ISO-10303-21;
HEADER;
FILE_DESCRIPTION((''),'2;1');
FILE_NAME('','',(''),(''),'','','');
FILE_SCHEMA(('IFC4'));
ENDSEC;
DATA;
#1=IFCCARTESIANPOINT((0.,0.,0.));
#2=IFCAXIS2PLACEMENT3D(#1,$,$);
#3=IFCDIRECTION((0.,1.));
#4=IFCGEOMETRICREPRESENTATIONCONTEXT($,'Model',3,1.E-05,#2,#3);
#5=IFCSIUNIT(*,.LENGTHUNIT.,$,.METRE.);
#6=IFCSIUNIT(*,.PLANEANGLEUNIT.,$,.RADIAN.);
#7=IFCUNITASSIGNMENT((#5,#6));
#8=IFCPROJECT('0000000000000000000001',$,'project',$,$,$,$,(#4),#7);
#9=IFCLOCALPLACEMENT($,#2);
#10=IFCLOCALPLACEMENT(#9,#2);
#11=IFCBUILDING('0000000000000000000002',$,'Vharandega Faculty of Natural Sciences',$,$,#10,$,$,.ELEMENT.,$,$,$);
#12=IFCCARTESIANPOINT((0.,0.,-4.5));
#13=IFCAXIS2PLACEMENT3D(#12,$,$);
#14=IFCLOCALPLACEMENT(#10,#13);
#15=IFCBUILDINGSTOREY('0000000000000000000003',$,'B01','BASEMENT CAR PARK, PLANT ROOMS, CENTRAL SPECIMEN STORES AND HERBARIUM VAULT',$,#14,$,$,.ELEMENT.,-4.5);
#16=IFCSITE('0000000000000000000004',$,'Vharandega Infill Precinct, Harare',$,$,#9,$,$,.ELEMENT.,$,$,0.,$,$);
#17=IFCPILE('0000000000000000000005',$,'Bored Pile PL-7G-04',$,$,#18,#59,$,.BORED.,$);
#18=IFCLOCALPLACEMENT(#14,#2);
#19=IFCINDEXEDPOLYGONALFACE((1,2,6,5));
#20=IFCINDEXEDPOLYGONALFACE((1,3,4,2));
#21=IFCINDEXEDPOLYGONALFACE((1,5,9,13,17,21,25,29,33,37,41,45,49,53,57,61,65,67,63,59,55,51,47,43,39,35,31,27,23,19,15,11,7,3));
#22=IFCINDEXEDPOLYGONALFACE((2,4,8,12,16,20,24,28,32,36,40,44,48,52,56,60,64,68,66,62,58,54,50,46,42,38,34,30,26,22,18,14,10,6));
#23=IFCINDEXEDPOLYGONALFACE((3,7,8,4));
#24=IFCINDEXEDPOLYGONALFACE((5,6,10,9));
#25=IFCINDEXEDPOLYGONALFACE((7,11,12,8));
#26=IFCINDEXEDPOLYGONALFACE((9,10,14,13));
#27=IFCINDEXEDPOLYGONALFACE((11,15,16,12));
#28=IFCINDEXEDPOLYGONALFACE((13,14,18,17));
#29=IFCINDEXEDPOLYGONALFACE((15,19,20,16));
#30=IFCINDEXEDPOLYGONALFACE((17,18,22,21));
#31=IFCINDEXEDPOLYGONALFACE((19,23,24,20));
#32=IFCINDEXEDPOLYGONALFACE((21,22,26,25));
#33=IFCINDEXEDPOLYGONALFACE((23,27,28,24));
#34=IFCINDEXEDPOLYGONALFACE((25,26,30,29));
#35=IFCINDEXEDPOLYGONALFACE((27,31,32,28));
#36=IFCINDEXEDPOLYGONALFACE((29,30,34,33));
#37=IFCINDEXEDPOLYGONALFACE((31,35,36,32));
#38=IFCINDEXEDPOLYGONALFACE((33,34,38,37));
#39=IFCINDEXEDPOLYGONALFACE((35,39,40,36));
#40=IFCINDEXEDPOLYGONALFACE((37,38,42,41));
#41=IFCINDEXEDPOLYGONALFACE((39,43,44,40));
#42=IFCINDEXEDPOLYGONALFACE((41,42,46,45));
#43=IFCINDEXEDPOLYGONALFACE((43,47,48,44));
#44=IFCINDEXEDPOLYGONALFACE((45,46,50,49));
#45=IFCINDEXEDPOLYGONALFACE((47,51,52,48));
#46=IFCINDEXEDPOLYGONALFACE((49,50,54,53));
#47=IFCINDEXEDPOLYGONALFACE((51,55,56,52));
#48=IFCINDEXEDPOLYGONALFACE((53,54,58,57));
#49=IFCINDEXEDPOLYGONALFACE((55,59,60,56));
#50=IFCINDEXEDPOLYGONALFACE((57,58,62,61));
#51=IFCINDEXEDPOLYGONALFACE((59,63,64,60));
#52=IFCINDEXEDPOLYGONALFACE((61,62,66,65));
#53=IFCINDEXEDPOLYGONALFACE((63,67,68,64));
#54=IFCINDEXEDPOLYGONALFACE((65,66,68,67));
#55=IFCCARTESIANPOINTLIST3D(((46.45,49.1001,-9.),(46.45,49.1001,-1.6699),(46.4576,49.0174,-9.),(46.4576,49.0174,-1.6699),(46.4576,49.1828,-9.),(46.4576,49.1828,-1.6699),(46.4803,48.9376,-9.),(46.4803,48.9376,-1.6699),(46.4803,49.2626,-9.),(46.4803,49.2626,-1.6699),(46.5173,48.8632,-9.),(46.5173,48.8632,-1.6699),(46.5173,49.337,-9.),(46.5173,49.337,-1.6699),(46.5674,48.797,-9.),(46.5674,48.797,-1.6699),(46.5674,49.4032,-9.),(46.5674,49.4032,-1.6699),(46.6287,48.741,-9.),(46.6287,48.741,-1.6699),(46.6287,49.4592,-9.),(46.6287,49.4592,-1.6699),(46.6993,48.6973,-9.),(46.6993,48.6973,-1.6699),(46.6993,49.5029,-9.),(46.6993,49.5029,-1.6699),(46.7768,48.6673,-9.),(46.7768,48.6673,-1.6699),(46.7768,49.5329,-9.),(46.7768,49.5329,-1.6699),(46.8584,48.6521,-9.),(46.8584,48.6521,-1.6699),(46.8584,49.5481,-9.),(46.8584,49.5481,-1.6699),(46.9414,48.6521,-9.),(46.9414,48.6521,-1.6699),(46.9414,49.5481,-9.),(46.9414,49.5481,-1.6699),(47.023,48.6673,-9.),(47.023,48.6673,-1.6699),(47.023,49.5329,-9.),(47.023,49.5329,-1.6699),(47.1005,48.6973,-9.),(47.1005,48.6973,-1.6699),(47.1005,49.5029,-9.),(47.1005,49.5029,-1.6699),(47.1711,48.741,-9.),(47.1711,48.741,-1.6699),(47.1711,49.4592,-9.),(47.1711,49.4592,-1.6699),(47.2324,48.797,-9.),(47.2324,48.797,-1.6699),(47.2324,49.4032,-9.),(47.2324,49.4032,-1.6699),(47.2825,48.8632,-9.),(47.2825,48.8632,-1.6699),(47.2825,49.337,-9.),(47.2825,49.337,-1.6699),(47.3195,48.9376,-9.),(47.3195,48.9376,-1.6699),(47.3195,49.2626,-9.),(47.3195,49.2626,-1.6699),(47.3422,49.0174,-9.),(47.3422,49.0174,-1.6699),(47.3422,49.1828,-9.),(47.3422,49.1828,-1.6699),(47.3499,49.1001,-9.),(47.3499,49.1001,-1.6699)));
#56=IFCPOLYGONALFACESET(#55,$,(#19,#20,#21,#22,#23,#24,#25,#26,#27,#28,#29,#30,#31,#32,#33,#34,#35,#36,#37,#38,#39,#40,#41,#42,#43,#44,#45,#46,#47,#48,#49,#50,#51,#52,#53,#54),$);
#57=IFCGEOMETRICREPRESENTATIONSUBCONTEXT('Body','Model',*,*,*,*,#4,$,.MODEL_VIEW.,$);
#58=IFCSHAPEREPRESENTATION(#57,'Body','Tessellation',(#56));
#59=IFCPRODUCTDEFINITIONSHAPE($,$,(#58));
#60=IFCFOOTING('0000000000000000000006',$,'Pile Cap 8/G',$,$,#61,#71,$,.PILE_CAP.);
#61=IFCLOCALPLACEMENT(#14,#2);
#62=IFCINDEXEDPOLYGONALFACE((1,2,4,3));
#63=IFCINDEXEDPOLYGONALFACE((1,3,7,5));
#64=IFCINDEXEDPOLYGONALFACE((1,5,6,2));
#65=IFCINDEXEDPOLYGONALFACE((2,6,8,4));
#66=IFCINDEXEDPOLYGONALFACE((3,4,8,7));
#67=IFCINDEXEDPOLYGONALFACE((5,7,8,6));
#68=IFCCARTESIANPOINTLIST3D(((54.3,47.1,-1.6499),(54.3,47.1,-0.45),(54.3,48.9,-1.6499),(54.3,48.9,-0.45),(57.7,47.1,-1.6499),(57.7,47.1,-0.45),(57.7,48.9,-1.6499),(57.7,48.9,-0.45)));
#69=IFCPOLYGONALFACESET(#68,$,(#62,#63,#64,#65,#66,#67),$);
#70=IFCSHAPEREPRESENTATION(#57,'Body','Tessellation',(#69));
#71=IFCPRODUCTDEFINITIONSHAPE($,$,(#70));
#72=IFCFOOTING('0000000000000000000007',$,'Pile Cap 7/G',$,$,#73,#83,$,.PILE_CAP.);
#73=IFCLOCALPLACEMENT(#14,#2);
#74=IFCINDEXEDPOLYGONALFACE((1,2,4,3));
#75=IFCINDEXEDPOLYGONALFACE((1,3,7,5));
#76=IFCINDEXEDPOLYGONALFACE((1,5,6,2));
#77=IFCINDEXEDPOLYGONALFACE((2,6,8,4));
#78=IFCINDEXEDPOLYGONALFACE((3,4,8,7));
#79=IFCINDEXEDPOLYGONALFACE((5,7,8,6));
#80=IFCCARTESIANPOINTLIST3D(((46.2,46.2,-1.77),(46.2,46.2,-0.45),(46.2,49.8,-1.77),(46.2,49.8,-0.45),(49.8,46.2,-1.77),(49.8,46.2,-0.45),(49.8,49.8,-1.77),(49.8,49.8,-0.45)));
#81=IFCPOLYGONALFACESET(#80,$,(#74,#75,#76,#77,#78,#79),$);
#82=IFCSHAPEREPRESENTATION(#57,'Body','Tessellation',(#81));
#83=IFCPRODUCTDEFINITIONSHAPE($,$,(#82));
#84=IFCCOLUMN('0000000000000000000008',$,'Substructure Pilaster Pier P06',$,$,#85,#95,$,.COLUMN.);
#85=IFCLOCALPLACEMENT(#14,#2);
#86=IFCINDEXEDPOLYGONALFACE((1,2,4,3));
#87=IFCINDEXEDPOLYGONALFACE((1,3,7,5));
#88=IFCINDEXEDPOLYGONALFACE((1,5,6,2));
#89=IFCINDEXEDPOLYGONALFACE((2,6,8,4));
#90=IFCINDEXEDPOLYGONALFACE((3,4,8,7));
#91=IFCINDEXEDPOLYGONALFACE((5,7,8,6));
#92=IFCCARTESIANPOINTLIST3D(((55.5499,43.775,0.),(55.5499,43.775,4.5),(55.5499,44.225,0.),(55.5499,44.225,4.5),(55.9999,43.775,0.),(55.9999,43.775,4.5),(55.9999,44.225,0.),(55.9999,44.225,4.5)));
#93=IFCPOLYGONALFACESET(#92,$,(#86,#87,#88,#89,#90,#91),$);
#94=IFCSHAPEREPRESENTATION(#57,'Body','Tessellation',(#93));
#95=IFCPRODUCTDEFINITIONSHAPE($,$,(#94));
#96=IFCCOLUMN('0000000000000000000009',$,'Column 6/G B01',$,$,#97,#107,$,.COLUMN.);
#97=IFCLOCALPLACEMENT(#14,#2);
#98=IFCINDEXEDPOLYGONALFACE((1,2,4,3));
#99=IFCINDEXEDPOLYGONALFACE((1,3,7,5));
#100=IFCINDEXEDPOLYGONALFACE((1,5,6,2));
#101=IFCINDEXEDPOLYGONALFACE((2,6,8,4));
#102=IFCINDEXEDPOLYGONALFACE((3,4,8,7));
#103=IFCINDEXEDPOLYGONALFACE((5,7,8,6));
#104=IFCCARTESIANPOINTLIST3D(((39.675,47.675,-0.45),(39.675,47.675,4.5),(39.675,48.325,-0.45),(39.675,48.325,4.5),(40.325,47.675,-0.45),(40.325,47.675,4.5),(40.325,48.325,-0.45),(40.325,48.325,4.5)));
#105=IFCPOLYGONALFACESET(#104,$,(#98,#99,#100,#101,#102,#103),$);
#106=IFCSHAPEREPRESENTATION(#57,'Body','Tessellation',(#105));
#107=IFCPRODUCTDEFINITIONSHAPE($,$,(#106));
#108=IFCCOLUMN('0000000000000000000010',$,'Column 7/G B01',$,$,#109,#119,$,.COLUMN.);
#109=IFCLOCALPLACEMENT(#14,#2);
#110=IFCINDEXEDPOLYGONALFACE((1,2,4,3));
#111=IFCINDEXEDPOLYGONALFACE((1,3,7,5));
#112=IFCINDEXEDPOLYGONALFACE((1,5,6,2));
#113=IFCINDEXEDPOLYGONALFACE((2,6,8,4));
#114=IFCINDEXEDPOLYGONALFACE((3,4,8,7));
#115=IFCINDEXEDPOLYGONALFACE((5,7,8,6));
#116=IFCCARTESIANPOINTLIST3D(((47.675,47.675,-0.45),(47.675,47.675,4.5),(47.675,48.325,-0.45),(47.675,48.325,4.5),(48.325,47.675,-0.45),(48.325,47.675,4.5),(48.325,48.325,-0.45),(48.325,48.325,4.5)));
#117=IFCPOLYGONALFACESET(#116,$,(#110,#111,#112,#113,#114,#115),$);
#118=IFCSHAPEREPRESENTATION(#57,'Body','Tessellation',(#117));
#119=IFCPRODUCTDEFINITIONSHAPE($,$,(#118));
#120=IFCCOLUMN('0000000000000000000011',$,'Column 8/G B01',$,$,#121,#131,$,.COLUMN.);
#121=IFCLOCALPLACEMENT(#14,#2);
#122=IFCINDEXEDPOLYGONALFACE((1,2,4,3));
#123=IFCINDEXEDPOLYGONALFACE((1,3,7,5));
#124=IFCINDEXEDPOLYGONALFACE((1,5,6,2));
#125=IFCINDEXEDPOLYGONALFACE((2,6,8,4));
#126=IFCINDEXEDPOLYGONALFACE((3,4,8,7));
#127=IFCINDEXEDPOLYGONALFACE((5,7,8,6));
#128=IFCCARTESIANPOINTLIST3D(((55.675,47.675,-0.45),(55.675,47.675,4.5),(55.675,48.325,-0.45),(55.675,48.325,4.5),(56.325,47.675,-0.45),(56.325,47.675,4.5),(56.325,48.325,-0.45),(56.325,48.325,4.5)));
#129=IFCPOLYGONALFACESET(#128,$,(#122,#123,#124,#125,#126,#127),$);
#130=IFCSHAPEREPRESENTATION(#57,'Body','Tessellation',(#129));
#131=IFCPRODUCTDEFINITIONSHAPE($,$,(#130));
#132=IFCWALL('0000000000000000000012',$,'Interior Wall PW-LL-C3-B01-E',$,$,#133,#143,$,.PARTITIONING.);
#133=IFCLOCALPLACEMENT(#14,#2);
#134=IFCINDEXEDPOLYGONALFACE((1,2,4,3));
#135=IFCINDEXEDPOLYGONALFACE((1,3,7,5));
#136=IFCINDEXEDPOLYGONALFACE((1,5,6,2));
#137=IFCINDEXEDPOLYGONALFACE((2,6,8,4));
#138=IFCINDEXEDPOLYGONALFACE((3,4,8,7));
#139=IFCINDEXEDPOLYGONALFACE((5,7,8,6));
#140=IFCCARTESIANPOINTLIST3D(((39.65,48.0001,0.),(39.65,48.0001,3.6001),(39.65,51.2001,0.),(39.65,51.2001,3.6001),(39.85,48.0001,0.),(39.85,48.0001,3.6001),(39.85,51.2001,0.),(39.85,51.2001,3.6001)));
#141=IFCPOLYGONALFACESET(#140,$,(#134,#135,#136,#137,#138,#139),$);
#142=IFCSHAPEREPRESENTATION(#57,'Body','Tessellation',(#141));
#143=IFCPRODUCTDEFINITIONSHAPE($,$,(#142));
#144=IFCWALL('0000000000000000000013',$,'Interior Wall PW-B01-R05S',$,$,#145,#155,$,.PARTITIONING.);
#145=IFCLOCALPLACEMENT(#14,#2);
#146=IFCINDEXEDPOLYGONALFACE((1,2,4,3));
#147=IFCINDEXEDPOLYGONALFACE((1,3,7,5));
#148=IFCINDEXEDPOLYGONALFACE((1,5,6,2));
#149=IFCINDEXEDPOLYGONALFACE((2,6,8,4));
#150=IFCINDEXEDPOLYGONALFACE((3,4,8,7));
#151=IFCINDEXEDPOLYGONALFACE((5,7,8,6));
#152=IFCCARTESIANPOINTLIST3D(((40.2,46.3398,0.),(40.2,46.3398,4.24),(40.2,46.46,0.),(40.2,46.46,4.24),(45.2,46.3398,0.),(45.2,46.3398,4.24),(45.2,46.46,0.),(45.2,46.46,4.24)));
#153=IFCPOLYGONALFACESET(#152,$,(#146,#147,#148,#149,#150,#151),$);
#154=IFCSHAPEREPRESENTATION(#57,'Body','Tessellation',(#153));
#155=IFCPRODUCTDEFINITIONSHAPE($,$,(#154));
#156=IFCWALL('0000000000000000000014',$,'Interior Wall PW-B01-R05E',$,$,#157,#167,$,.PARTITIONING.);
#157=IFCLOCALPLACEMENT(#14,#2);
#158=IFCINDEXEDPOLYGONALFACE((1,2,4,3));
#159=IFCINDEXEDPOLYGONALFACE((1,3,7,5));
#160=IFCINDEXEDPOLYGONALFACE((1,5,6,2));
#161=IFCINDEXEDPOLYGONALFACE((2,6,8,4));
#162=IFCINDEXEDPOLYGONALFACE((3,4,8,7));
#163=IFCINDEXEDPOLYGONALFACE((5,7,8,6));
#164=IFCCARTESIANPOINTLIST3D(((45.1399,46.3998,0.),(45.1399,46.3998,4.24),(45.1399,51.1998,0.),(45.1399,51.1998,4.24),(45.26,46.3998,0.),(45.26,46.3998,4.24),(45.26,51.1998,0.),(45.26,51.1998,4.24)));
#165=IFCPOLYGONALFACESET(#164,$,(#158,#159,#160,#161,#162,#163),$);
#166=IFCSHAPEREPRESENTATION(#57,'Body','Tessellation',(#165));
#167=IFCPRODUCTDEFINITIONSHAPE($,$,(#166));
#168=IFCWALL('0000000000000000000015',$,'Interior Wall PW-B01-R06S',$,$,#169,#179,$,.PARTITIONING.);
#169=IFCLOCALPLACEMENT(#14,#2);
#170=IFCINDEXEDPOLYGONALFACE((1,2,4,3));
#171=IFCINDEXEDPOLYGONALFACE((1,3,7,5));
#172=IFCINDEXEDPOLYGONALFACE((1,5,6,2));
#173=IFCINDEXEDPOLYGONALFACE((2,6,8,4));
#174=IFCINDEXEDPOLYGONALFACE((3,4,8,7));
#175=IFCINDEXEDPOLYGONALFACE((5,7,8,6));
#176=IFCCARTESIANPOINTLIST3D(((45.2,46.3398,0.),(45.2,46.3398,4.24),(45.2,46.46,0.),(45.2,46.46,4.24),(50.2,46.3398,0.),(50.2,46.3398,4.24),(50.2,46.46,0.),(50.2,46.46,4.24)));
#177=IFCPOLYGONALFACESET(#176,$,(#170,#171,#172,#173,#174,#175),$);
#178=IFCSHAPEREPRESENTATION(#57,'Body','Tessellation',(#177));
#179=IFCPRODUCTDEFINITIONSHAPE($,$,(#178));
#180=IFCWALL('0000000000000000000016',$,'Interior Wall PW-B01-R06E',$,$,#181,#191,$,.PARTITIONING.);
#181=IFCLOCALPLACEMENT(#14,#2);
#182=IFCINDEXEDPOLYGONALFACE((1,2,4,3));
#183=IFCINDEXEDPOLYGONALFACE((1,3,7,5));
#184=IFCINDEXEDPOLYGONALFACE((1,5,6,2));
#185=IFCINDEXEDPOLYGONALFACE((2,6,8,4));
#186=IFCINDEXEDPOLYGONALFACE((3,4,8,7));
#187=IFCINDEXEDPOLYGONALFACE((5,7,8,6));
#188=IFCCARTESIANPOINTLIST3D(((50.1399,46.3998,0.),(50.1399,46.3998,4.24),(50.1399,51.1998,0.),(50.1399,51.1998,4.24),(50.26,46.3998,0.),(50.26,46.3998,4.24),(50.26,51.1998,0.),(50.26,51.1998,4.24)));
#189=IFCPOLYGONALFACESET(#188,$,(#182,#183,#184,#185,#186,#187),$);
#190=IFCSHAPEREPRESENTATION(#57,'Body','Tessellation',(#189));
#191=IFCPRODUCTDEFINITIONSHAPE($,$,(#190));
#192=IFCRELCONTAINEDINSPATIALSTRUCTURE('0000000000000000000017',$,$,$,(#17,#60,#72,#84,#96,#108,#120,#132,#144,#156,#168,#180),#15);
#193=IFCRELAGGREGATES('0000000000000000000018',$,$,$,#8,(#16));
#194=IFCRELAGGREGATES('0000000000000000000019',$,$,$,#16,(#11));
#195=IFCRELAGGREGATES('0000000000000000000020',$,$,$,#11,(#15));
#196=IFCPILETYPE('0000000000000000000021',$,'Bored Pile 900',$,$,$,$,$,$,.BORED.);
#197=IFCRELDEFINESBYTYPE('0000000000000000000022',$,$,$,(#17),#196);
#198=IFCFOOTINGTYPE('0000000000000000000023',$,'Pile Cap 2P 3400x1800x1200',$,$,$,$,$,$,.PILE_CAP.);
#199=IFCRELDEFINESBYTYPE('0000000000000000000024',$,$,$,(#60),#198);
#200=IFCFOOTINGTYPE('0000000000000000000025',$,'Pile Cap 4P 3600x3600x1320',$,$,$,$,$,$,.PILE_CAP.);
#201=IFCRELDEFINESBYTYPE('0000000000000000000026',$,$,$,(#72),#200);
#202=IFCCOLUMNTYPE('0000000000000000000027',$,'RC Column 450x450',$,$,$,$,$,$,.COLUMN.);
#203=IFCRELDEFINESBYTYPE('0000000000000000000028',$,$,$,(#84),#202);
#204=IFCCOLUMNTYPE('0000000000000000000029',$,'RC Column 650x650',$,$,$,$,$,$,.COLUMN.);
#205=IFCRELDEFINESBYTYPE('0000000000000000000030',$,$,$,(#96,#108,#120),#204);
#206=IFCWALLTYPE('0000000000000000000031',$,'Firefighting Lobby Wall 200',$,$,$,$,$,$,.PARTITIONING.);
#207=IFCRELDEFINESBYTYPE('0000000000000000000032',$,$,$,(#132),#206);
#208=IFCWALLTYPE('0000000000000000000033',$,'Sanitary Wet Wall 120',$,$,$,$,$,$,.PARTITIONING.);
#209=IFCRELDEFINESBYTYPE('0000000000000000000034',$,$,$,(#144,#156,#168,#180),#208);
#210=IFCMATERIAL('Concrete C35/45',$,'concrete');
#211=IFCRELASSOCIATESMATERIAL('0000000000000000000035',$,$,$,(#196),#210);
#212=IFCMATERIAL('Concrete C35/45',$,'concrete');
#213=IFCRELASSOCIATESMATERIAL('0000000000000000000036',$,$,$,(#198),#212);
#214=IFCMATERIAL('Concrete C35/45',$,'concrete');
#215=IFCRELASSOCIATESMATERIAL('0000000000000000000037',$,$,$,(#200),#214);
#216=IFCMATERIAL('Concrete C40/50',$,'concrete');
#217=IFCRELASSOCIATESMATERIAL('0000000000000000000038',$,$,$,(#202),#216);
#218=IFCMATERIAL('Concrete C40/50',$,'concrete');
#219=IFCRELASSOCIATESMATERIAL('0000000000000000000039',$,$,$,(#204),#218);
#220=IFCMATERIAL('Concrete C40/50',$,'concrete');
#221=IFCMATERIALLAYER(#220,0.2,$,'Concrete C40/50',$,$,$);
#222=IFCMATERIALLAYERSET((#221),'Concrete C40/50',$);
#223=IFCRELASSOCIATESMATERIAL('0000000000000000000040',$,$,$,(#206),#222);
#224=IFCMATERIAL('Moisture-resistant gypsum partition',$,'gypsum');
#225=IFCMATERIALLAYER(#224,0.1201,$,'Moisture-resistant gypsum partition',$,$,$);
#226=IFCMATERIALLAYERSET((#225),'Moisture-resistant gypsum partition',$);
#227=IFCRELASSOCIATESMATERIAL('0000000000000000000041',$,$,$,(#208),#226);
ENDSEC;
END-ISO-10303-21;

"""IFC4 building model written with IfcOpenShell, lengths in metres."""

from ifc_helpers import new_model, si_unit, direction, frame, frame_2d, origin, origin_2d, place, context, subcontext, project, spatial, rectangle, circle, extrude, material, layer, layer_set, material_profile, profile_set, type_object, element, save


model = new_model("IFC4")

# Units and contexts
model_context = context("Model", 3, precision=1e-05, world=origin(), true_north=direction((0.0, 1.0)))
body_context = subcontext(model_context, "Body", "Model", "MODEL_VIEW")
ifc_project = project(units=[si_unit("LENGTHUNIT", "METRE"), si_unit("PLANEANGLEUNIT", "RADIAN")], contexts=[model_context])

# Site, building, storey
site_placement = place(None, origin())
site = spatial("IfcSite", under=ifc_project, at=site_placement, Name="Vharandega Infill Precinct, Harare", CompositionType="ELEMENT", RefElevation=0.0)
building_placement = place(site_placement, origin())
building = spatial("IfcBuilding", under=site, at=building_placement, Name="Vharandega Faculty of Natural Sciences", CompositionType="ELEMENT")
storey_placement = place(building_placement, frame((0.0, 0.0, -4.5)))
storey = spatial("IfcBuildingStorey", under=building, at=storey_placement, Name="B01", Description="BASEMENT CAR PARK, PLANT ROOMS, CENTRAL SPECIMEN STORES AND HERBARIUM VAULT", CompositionType="ELEMENT", Elevation=-4.5)

# Pile
ifc_material_1 = material(Name="Concrete C35/45", Category="concrete")
ifc_material_profile_1 = material_profile(ifc_material_1, circle(Radius=0.45, at=origin_2d()), Name="PILE 900")
ifc_profile_set_1 = profile_set([ifc_material_profile_1], Name="Concrete C35/45")
pile_type_1 = type_object("IfcPileType", Name="Bored Pile 900", PredefinedType="BORED", material=ifc_profile_set_1)
for number, where, z_axis, x_axis, name in (
    (1, (46.8999, 49.1001, -1.6699), (0.0, 0.0, -1.0), (1.0, 0.0, 0.0), "Bored Pile PL-7G-04"),
):
    element("IfcPile", number, at=place(storey_placement, frame(where, z_axis=z_axis, x_axis=x_axis)), inside=storey, type_object=pile_type_1, Name=name, PredefinedType="BORED", context=body_context, shape_type="SweptSolid", body=[
        extrude(circle(Radius=0.45, at=origin_2d()), origin(), (0.0, 0.0, 1.0), 7.3301),
    ])

# Footings
ifc_material_2 = material(Name="Concrete C35/45", Category="concrete")
footing_type_1 = type_object("IfcFootingType", Name="Pile Cap 2P 3400x1800x1200", PredefinedType="PILE_CAP", material=ifc_material_2)
footing_1_placement = place(storey_placement, frame((56.0, 48.0, -1.6499), z_axis=(0.0, 0.0, 1.0), x_axis=(1.0, 0.0, 0.0)))
element("IfcFooting", 2, at=footing_1_placement, inside=storey, type_object=footing_type_1, Name="Pile Cap 8/G", PredefinedType="PILE_CAP", context=body_context, shape_type="SweptSolid", body=[
    extrude(rectangle(XDim=3.3999, YDim=1.8, at=origin_2d()), origin(), (0.0, 0.0, 1.0), 1.2),
])
ifc_material_3 = material(Name="Concrete C35/45", Category="concrete")
footing_type_2 = type_object("IfcFootingType", Name="Pile Cap 4P 3600x3600x1320", PredefinedType="PILE_CAP", material=ifc_material_3)
footing_2_placement = place(storey_placement, frame((48.0, 48.0, -1.77), z_axis=(0.0, 0.0, 1.0), x_axis=(1.0, 0.0, 0.0)))
element("IfcFooting", 3, at=footing_2_placement, inside=storey, type_object=footing_type_2, Name="Pile Cap 7/G", PredefinedType="PILE_CAP", context=body_context, shape_type="SweptSolid", body=[
    extrude(rectangle(XDim=3.6001, YDim=3.6001, at=origin_2d()), origin(), (0.0, 0.0, 1.0), 1.3201),
])

# Columns
ifc_material_4 = material(Name="Concrete C40/50", Category="concrete")
ifc_material_profile_2 = material_profile(ifc_material_4, rectangle(XDim=0.45, YDim=0.45, at=origin_2d()), Name="RC 450x450")
ifc_profile_set_2 = profile_set([ifc_material_profile_2], Name="Concrete C40/50")
column_type_1 = type_object("IfcColumnType", Name="RC Column 450x450", PredefinedType="COLUMN", material=ifc_profile_set_2)
column_placement = place(storey_placement, frame((55.7749, 44.0, 0.0), z_axis=(0.0, 0.0, 1.0), x_axis=(1.0, 0.0, 0.0)))
element("IfcColumn", 4, at=column_placement, inside=storey, type_object=column_type_1, Name="Substructure Pilaster Pier P06", PredefinedType="COLUMN", context=body_context, shape_type="SweptSolid", body=[
    extrude(rectangle(XDim=0.45, YDim=0.45, at=origin_2d()), origin(), (0.0, 0.0, 1.0), 4.5),
])
ifc_material_5 = material(Name="Concrete C40/50", Category="concrete")
ifc_material_profile_3 = material_profile(ifc_material_5, rectangle(XDim=0.6499, YDim=0.6499, at=origin_2d()), Name="RC 650x650")
ifc_profile_set_3 = profile_set([ifc_material_profile_3], Name="Concrete C40/50")
column_type_2 = type_object("IfcColumnType", Name="RC Column 650x650", PredefinedType="COLUMN", material=ifc_profile_set_3)
for number, where, z_axis, x_axis, name in (
    (5, (40.0, 48.0, -0.45), (0.0, 0.0, 1.0), (1.0, 0.0, 0.0), "Column 6/G B01"),
    (6, (48.0, 48.0, -0.45), (0.0, 0.0, 1.0), (1.0, 0.0, 0.0), "Column 7/G B01"),
    (7, (56.0, 48.0, -0.45), (0.0, 0.0, 1.0), (1.0, 0.0, 0.0), "Column 8/G B01"),
):
    element("IfcColumn", number, at=place(storey_placement, frame(where, z_axis=z_axis, x_axis=x_axis)), inside=storey, type_object=column_type_2, Name=name, PredefinedType="COLUMN", context=body_context, shape_type="SweptSolid", body=[
        extrude(rectangle(XDim=0.6499, YDim=0.6499, at=origin_2d()), origin(), (0.0, 0.0, 1.0), 4.95),
    ])

# Walls
ifc_material_6 = material(Name="Concrete C40/50", Category="concrete")
ifc_layer_1 = layer(ifc_material_6, 0.2, Name="Concrete C40/50")
ifc_layer_set_1 = layer_set([ifc_layer_1], Name="Concrete C40/50")
wall_type_1 = type_object("IfcWallType", Name="Firefighting Lobby Wall 200", PredefinedType="PARTITIONING", material=ifc_layer_set_1)
wall_1_placement = place(storey_placement, frame((39.75, 48.0, 0.0), z_axis=(0.0, 0.0, 1.0), x_axis=(0.0, 1.0, 0.0)))
element("IfcWall", 8, at=wall_1_placement, inside=storey, type_object=wall_type_1, Name="Interior Wall PW-LL-C3-B01-E", PredefinedType="PARTITIONING", context=body_context, shape_type="SweptSolid", body=[
    extrude(rectangle(XDim=3.2, YDim=0.2, at=frame_2d((1.6001, 0.0))), origin(), (0.0, 0.0, 1.0), 3.6001),
])
ifc_material_7 = material(Name="Moisture-resistant gypsum partition", Category="gypsum")
ifc_layer_2 = layer(ifc_material_7, 0.1201, Name="Moisture-resistant gypsum partition")
ifc_layer_set_2 = layer_set([ifc_layer_2], Name="Moisture-resistant gypsum partition")
wall_type_2 = type_object("IfcWallType", Name="Sanitary Wet Wall 120", PredefinedType="PARTITIONING", material=ifc_layer_set_2)
wall_2_placement = place(storey_placement, frame((40.2, 46.3999, 0.0), z_axis=(0.0, 0.0, 1.0), x_axis=(1.0, 0.0, 0.0)))
element("IfcWall", 9, at=wall_2_placement, inside=storey, type_object=wall_type_2, Name="Interior Wall PW-B01-R05S", PredefinedType="PARTITIONING", context=body_context, shape_type="SweptSolid", body=[
    extrude(rectangle(XDim=5.0, YDim=0.1201, at=frame_2d((2.5, 0.0))), origin(), (0.0, 0.0, 1.0), 4.24),
])
wall_3_placement = place(storey_placement, frame((45.2, 46.3999, 0.0), z_axis=(0.0, 0.0, 1.0), x_axis=(0.0, 1.0, 0.0)))
element("IfcWall", 10, at=wall_3_placement, inside=storey, type_object=wall_type_2, Name="Interior Wall PW-B01-R05E", PredefinedType="PARTITIONING", context=body_context, shape_type="SweptSolid", body=[
    extrude(rectangle(XDim=4.8, YDim=0.1201, at=frame_2d((2.3999, 0.0))), origin(), (0.0, 0.0, 1.0), 4.24),
])
wall_4_placement = place(storey_placement, frame((45.2, 46.3999, 0.0), z_axis=(0.0, 0.0, 1.0), x_axis=(1.0, 0.0, 0.0)))
element("IfcWall", 11, at=wall_4_placement, inside=storey, type_object=wall_type_2, Name="Interior Wall PW-B01-R06S", PredefinedType="PARTITIONING", context=body_context, shape_type="SweptSolid", body=[
    extrude(rectangle(XDim=5.0, YDim=0.1201, at=frame_2d((2.5, 0.0))), origin(), (0.0, 0.0, 1.0), 4.24),
])
wall_5_placement = place(storey_placement, frame((50.2, 46.3999, 0.0), z_axis=(0.0, 0.0, 1.0), x_axis=(0.0, 1.0, 0.0)))
element("IfcWall", 12, at=wall_5_placement, inside=storey, type_object=wall_type_2, Name="Interior Wall PW-B01-R06E", PredefinedType="PARTITIONING", context=body_context, shape_type="SweptSolid", body=[
    extrude(rectangle(XDim=4.8, YDim=0.1201, at=frame_2d((2.3999, 0.0))), origin(), (0.0, 0.0, 1.0), 4.24),
])

save(model, "model.ifc")
